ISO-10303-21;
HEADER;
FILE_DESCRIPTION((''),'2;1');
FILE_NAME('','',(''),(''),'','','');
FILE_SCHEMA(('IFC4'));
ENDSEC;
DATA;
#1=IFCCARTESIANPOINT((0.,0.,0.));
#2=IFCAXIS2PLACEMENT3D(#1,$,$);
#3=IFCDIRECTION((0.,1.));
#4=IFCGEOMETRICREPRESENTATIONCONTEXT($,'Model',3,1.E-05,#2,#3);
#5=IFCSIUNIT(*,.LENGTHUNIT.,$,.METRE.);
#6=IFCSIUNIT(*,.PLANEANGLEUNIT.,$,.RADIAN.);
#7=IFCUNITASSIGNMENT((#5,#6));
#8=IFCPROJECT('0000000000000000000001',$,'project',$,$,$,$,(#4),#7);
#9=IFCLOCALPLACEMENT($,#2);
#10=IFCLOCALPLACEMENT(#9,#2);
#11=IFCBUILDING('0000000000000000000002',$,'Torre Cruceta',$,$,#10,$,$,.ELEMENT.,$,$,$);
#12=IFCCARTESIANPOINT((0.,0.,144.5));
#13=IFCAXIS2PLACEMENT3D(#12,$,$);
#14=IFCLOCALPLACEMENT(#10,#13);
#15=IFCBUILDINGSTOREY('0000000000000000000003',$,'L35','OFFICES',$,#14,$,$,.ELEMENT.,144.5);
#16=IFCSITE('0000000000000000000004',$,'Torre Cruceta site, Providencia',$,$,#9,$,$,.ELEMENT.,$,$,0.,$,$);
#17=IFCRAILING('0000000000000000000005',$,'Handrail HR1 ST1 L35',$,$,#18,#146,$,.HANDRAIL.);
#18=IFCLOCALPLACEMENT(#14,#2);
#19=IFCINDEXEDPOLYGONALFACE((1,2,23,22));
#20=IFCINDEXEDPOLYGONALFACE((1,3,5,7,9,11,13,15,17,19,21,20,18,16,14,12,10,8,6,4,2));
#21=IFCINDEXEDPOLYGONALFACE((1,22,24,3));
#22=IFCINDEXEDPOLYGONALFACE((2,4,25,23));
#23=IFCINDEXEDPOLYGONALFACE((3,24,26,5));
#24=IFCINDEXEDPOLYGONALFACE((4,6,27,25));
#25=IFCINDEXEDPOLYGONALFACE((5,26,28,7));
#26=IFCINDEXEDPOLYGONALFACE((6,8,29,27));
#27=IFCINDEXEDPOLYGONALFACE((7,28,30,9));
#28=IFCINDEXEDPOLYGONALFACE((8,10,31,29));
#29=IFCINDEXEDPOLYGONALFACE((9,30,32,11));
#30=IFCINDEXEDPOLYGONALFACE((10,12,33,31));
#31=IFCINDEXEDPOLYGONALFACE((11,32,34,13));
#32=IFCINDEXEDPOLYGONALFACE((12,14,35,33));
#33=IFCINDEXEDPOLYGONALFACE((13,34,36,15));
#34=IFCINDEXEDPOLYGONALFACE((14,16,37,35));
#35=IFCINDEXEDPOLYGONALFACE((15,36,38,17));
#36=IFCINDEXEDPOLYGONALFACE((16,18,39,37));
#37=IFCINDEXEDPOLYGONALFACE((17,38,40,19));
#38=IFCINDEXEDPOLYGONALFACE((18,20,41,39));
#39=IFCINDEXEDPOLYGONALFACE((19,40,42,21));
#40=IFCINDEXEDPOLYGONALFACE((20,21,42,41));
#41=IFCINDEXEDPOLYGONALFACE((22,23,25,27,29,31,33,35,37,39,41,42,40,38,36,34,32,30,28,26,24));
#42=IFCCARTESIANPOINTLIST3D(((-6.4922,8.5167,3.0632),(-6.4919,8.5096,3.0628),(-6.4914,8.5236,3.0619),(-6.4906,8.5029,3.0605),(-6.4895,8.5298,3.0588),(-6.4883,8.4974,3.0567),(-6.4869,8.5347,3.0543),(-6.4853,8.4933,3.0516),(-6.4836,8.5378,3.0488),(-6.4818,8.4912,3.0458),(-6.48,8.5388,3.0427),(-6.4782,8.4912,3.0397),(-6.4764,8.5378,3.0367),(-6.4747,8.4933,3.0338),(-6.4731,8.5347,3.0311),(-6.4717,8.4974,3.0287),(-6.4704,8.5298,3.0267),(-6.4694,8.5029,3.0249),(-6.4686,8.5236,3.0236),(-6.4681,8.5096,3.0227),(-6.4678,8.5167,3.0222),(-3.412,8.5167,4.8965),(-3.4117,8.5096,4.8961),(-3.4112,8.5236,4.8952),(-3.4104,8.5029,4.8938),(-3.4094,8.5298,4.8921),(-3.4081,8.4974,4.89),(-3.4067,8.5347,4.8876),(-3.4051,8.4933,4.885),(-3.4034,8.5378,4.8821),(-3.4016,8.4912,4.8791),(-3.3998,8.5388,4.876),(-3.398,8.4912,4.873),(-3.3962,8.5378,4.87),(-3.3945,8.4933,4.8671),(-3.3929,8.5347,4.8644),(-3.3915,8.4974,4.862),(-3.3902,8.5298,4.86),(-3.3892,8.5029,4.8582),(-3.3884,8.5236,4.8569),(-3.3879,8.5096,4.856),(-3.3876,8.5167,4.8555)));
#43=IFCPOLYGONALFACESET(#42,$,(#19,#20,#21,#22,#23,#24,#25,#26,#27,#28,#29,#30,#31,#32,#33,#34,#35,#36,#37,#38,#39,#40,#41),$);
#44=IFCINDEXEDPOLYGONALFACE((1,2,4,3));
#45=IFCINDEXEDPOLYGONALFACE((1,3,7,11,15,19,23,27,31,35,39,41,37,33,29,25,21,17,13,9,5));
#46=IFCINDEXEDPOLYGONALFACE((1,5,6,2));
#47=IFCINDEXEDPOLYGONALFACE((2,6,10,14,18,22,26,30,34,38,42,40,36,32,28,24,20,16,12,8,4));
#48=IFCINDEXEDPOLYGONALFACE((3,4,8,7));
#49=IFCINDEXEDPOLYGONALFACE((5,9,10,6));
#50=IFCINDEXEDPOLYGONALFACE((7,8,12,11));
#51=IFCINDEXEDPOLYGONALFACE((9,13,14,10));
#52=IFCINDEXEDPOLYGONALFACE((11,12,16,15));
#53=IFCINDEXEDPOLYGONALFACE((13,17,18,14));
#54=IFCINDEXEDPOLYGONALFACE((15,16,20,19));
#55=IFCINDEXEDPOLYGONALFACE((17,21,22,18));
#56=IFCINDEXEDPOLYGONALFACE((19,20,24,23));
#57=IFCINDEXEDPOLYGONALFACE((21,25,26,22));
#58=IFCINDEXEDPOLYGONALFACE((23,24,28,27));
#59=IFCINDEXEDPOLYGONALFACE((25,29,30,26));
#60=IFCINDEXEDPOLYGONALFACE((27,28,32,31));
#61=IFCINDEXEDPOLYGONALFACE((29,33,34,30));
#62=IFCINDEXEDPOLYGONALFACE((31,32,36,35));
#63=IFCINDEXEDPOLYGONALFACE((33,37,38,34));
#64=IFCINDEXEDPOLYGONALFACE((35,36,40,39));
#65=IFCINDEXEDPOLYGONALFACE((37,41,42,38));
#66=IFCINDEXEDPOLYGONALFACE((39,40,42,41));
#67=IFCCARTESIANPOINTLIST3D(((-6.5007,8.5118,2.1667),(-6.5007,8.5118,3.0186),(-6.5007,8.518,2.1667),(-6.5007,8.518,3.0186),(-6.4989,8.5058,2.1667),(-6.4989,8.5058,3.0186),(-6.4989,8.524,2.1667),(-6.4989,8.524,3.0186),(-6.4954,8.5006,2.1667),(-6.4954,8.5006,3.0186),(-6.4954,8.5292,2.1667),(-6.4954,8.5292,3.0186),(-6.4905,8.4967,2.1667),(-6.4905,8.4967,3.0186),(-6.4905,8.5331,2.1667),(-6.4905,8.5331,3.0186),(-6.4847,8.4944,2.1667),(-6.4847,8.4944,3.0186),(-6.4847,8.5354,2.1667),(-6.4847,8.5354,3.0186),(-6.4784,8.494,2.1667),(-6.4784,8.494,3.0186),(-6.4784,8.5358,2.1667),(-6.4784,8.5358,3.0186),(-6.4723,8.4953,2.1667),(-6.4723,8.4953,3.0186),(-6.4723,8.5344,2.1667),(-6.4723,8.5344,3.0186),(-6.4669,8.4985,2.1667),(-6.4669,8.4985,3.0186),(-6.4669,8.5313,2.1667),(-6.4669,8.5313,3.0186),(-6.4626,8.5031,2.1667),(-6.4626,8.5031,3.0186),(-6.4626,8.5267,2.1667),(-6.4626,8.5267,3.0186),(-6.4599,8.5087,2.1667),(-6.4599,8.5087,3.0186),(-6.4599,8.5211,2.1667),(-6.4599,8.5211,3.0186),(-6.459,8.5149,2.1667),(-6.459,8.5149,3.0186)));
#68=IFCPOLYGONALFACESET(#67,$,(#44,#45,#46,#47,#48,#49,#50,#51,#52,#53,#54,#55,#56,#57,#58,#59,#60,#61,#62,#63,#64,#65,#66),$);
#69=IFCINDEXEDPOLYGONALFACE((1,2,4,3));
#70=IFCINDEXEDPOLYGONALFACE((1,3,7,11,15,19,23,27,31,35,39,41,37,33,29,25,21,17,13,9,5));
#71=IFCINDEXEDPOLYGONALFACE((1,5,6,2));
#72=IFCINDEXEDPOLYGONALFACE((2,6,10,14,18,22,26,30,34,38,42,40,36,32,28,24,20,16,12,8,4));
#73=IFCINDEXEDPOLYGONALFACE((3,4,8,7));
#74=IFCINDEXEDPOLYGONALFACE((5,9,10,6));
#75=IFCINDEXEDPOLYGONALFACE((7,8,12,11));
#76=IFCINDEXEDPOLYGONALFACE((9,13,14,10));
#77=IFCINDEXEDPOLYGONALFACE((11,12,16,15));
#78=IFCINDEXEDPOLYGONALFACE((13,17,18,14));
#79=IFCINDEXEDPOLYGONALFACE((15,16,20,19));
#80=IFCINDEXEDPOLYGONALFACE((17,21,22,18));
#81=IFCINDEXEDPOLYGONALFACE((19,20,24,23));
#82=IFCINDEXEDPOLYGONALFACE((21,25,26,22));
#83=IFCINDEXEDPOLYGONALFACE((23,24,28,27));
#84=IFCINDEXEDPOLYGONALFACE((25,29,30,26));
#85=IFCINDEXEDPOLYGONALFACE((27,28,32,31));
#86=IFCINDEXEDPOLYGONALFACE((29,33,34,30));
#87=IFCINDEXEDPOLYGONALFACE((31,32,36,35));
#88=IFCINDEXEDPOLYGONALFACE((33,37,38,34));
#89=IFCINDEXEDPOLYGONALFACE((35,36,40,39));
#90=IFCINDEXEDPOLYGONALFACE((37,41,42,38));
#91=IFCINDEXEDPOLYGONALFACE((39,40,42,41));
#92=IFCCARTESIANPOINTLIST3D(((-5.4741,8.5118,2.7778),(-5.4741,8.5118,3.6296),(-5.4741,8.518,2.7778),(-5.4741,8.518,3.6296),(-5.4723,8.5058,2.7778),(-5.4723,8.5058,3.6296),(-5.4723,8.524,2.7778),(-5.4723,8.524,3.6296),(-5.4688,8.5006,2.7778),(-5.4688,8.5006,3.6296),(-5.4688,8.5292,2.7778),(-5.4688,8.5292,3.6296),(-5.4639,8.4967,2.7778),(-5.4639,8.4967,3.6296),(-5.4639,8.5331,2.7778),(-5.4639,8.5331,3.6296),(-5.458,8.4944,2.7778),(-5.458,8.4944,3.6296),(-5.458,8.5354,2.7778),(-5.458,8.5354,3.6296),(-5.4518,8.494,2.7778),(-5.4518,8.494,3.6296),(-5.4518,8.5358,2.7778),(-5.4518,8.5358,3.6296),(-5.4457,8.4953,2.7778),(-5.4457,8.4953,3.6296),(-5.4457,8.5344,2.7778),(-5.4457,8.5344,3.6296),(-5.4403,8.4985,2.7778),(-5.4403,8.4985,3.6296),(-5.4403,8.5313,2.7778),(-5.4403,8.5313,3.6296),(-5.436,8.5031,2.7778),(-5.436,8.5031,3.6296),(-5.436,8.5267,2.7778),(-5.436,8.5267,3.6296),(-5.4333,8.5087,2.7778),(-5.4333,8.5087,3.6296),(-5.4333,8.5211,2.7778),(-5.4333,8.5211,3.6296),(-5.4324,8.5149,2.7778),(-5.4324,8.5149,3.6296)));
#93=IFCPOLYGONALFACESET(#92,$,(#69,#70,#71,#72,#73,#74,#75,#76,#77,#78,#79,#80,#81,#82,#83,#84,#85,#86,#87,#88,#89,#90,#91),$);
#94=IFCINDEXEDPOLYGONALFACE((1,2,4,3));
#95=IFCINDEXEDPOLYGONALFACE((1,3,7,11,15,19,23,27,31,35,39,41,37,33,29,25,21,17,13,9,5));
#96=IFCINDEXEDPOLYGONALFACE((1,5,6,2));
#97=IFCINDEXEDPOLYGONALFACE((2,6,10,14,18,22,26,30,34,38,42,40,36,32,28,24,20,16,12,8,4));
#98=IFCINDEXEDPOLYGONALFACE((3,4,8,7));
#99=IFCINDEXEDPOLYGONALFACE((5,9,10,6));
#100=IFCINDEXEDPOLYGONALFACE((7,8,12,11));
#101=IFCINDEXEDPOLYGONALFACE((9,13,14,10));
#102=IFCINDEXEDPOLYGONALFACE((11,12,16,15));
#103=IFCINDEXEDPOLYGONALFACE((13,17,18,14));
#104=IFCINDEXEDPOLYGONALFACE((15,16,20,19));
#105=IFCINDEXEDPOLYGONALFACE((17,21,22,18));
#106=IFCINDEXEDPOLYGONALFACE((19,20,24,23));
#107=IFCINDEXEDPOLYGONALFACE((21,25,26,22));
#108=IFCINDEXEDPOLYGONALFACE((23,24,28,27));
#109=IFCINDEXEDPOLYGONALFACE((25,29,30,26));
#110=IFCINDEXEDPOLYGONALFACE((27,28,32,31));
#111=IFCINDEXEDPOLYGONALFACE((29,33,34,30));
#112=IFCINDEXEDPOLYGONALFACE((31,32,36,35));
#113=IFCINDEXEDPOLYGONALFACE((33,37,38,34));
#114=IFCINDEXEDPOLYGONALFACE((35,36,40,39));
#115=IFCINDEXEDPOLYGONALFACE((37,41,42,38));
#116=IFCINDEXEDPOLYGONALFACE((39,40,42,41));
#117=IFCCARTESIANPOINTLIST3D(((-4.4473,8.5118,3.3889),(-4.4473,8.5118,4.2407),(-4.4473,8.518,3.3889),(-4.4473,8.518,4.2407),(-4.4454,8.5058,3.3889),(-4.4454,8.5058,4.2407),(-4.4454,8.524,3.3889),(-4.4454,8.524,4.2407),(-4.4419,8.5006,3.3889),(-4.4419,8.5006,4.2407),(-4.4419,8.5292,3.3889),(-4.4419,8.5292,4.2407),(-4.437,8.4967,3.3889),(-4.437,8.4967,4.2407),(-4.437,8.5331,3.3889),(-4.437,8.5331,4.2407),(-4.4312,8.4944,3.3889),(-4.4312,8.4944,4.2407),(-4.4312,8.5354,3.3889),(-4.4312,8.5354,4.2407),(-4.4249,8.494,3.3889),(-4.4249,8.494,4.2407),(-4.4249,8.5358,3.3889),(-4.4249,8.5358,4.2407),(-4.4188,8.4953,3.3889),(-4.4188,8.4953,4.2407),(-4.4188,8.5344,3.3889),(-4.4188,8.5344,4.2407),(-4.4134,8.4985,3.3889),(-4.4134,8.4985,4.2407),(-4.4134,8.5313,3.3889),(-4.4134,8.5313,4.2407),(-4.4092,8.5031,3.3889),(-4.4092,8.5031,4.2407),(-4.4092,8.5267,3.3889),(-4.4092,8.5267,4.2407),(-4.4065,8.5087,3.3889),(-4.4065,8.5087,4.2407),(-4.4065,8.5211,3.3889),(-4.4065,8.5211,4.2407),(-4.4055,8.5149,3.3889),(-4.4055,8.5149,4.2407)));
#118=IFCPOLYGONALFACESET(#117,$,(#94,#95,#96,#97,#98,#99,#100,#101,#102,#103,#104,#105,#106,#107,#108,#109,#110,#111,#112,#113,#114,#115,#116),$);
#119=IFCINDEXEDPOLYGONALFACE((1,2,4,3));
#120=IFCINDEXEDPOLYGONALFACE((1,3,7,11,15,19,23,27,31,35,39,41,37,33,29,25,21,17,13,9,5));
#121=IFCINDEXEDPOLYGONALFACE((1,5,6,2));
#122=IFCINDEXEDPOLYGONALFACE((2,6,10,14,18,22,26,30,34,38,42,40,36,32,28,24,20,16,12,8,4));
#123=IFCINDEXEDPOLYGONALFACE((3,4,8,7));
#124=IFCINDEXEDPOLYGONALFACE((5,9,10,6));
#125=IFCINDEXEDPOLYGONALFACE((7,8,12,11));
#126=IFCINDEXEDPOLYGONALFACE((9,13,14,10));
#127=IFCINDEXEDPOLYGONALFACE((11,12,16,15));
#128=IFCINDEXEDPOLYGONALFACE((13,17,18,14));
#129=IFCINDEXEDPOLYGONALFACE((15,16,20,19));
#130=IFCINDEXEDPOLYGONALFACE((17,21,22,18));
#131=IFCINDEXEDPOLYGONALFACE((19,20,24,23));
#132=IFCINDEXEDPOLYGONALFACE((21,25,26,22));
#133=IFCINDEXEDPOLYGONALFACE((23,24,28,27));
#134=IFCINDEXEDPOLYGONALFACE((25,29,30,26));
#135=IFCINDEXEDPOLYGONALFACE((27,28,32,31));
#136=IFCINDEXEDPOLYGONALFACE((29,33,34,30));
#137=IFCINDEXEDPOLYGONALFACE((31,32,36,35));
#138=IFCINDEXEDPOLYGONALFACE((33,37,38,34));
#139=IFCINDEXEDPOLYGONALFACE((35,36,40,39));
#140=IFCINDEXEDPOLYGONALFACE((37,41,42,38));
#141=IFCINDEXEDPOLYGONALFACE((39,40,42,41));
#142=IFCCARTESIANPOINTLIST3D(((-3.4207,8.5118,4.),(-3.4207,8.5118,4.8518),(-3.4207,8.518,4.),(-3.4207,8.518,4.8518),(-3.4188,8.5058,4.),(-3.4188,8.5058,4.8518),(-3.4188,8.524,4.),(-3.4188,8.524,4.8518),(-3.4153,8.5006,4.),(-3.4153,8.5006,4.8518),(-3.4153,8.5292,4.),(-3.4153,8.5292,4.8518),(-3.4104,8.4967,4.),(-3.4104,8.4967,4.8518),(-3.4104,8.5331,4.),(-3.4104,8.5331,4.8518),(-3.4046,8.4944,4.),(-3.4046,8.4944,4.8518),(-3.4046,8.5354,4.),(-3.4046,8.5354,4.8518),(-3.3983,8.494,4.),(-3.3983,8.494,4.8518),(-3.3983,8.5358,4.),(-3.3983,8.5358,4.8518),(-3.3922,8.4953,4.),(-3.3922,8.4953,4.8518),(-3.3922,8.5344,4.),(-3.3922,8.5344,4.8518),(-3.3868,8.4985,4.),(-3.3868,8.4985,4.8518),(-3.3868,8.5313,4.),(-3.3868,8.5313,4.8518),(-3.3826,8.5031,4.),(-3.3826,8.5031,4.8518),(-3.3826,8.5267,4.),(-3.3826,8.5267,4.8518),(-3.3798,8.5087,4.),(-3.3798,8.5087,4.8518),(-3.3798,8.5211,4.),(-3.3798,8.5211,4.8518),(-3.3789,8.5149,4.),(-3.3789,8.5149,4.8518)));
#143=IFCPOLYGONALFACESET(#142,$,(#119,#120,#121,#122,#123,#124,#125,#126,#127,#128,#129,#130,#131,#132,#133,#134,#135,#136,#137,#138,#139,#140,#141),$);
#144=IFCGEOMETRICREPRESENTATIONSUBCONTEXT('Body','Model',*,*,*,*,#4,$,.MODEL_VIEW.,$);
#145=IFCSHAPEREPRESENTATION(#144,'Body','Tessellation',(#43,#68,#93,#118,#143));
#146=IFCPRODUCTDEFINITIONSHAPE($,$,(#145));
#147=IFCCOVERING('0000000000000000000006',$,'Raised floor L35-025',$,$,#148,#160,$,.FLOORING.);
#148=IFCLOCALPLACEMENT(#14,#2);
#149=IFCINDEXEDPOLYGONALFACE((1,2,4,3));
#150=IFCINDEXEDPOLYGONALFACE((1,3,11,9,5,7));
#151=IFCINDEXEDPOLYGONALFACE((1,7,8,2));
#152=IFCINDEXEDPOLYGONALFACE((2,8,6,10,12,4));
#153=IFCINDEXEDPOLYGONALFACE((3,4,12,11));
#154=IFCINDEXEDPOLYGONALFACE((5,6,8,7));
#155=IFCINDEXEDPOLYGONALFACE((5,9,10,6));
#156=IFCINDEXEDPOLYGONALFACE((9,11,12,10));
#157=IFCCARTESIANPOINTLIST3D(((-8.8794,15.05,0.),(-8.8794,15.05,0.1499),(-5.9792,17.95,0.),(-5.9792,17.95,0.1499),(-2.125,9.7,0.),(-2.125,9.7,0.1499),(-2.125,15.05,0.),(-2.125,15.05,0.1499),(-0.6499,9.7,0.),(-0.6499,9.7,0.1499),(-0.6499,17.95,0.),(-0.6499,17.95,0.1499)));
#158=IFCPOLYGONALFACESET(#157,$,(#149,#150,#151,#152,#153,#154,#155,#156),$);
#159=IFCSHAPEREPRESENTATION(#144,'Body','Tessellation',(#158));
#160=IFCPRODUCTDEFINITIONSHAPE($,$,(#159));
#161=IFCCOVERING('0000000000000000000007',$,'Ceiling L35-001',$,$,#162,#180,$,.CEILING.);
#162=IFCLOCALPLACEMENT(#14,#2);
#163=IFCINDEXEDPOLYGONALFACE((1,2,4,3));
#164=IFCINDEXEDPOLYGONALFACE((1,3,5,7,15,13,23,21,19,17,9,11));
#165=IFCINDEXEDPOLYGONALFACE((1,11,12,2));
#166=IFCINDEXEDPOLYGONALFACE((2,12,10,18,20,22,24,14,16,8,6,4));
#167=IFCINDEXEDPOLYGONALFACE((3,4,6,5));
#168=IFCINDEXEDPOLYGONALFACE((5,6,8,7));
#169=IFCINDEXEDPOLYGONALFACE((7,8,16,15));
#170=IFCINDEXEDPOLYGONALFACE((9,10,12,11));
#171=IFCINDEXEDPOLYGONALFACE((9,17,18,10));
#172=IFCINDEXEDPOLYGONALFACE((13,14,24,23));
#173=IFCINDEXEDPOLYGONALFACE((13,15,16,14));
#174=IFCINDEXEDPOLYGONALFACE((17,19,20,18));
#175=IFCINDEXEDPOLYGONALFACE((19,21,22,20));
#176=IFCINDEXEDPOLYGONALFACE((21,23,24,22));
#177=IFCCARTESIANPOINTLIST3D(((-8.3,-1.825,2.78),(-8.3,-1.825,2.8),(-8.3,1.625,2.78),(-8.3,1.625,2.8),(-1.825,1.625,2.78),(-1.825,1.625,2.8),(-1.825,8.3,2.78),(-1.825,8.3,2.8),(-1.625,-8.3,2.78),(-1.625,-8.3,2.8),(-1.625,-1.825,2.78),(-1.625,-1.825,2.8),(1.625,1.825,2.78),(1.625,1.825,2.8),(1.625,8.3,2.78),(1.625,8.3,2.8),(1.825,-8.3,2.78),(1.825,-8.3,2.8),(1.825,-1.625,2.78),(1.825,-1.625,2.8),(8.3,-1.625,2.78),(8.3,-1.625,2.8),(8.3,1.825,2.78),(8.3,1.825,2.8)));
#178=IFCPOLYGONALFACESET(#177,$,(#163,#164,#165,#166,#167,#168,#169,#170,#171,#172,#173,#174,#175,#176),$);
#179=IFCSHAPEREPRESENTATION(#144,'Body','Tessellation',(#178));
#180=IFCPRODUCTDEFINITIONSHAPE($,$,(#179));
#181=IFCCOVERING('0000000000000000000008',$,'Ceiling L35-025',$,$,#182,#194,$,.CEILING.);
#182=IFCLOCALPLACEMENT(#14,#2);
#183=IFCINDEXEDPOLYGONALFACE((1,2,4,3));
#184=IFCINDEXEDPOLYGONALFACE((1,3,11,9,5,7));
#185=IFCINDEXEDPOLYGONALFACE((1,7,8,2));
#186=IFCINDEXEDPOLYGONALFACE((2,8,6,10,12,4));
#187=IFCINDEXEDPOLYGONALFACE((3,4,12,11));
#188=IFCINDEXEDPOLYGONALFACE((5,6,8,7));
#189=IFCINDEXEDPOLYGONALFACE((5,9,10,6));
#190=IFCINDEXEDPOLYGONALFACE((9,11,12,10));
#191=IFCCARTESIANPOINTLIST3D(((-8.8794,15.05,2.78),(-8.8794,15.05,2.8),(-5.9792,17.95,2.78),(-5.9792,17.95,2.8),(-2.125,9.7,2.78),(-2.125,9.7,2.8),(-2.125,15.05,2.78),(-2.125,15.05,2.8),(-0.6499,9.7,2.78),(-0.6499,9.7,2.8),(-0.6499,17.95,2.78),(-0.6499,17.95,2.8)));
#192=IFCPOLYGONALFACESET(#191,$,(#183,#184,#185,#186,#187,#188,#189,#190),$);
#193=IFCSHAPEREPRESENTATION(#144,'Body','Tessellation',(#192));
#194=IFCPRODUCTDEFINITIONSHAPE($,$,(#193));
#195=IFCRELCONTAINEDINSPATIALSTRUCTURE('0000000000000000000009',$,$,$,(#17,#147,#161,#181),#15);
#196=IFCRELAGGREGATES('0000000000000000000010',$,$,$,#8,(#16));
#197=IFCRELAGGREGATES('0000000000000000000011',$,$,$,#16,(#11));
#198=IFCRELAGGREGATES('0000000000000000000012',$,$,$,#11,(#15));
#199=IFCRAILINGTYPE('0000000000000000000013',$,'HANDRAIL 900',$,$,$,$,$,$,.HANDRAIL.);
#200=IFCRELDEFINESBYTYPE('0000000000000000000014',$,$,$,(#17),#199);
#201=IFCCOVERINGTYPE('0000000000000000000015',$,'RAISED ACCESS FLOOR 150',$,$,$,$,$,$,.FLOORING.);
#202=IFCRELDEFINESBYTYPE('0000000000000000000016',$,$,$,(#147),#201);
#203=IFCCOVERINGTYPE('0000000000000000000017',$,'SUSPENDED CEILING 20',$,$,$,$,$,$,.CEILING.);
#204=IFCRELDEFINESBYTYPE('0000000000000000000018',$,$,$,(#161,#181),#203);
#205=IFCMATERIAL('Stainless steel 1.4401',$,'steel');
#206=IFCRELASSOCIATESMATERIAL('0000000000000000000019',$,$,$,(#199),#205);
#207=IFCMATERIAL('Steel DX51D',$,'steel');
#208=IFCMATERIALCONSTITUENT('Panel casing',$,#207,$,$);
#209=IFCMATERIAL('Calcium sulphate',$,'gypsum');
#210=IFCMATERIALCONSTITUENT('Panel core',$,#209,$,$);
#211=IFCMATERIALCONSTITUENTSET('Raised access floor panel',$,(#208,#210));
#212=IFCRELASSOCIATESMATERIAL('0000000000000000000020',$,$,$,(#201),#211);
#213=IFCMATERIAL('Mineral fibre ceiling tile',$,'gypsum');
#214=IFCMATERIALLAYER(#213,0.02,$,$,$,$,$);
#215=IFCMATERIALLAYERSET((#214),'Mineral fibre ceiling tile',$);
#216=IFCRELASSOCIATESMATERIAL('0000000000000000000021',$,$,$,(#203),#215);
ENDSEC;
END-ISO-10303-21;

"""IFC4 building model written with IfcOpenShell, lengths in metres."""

from ifc_helpers import new_model, si_unit, direction, frame, origin, origin_2d, place, context, subcontext, project, spatial, polyline, circle, outline, extrude, material, layer, layer_set, constituent, constituent_set, type_object, element, save


model = new_model("IFC4")

# Units and contexts
model_context = context("Model", 3, precision=1e-05, world=origin(), true_north=direction((0.0, 1.0)))
body_context = subcontext(model_context, "Body", "Model", "MODEL_VIEW")
ifc_project = project(units=[si_unit("LENGTHUNIT", "METRE"), si_unit("PLANEANGLEUNIT", "RADIAN")], contexts=[model_context])

# Site, building, storey
site_placement = place(None, origin())
site = spatial("IfcSite", under=ifc_project, at=site_placement, Name="Torre Cruceta site, Providencia", CompositionType="ELEMENT", RefElevation=0.0)
building_placement = place(site_placement, origin())
building = spatial("IfcBuilding", under=site, at=building_placement, Name="Torre Cruceta", CompositionType="ELEMENT")
storey_placement = place(building_placement, frame((0.0, 0.0, 144.5)))
storey = spatial("IfcBuildingStorey", under=building, at=storey_placement, Name="L35", Description="OFFICES", CompositionType="ELEMENT", Elevation=144.5)

# Railing
ifc_material_1 = material(Name="Stainless steel 1.4401", Category="steel")
railing_type = type_object("IfcRailingType", Name="HANDRAIL 900", PredefinedType="HANDRAIL", material=ifc_material_1)
railing_1_placement = place(storey_placement, frame((-6.48, 8.5149, 2.1667)))
element("IfcRailing", 1, at=railing_1_placement, inside=storey, type_object=railing_type, Name="Handrail HR1 ST1 L35", PredefinedType="HANDRAIL", context=body_context, shape_type="SweptSolid", body=[
    extrude(circle(Radius=0.0239, at=origin_2d()), frame((0.0, 0.0, 0.876), z_axis=(0.859309, 0.0, 0.511458), x_axis=(0.0, 1.0, 0.0)), (0.0, 0.0, 1.0), 3.5845),
    extrude(circle(Radius=0.021, at=origin_2d()), origin(), (0.0, 0.0, 1.0), 0.8518),
    extrude(circle(Radius=0.021, at=origin_2d()), frame((1.0266, 0.0, 0.6111)), (0.0, 0.0, 1.0), 0.8518),
    extrude(circle(Radius=0.021, at=origin_2d()), frame((2.0535, 0.0, 1.2222)), (0.0, 0.0, 1.0), 0.8518),
    extrude(circle(Radius=0.021, at=origin_2d()), frame((3.0801, 0.0, 1.8333)), (0.0, 0.0, 1.0), 0.8518),
])

# Coverings
ifc_material_2 = material(Name="Steel DX51D", Category="steel")
ifc_constituent_1 = constituent(ifc_material_2, Name="Panel casing")
ifc_material_3 = material(Name="Calcium sulphate", Category="gypsum")
ifc_constituent_2 = constituent(ifc_material_3, Name="Panel core")
ifc_constituent_set_1 = constituent_set(constituents=[ifc_constituent_1, ifc_constituent_2], Name="Raised access floor panel")
covering_type_1 = type_object("IfcCoveringType", Name="RAISED ACCESS FLOOR 150", PredefinedType="FLOORING", material=ifc_constituent_set_1)
covering_1_placement = place(storey_placement, origin())
element("IfcCovering", 2, at=covering_1_placement, inside=storey, type_object=covering_type_1, Name="Raised floor L35-025", PredefinedType="FLOORING", context=body_context, shape_type="SweptSolid", body=[
    extrude(outline(polyline([(-0.6499, 17.95), (-0.6499, 9.7), (-2.125, 9.7), (-2.125, 15.05), (-8.8794, 15.05), (-5.9792, 17.95), (-0.6499, 17.95)])), origin(), (0.0, 0.0, 1.0), 0.1499),
])
ifc_material_4 = material(Name="Mineral fibre ceiling tile", Category="gypsum")
ifc_layer_1 = layer(ifc_material_4, 0.02)
ifc_layer_set_1 = layer_set([ifc_layer_1], Name="Mineral fibre ceiling tile")
covering_type_2 = type_object("IfcCoveringType", Name="SUSPENDED CEILING 20", PredefinedType="CEILING", material=ifc_layer_set_1)
covering_2_placement = place(storey_placement, frame((0.0, 0.0, 2.78)))
element("IfcCovering", 3, at=covering_2_placement, inside=storey, type_object=covering_type_2, Name="Ceiling L35-001", PredefinedType="CEILING", context=body_context, shape_type="SweptSolid", body=[
    extrude(outline(polyline([(-1.625, -8.3), (-1.625, -1.825), (-8.3, -1.825), (-8.3, 1.625), (-1.825, 1.625), (-1.825, 8.3), (1.625, 8.3), (1.625, 1.825), (8.3, 1.825), (8.3, -1.625), (1.825, -1.625), (1.825, -8.3), (-1.625, -8.3)])), origin(), (0.0, 0.0, 1.0), 0.02),
])
covering_3_placement = place(storey_placement, frame((0.0, 0.0, 2.78)))
element("IfcCovering", 4, at=covering_3_placement, inside=storey, type_object=covering_type_2, Name="Ceiling L35-025", PredefinedType="CEILING", context=body_context, shape_type="SweptSolid", body=[
    extrude(outline(polyline([(-0.6499, 17.95), (-0.6499, 9.7), (-2.125, 9.7), (-2.125, 15.05), (-8.8794, 15.05), (-5.9792, 17.95), (-0.6499, 17.95)])), origin(), (0.0, 0.0, 1.0), 0.02),
])

save(model, "model.ifc")
